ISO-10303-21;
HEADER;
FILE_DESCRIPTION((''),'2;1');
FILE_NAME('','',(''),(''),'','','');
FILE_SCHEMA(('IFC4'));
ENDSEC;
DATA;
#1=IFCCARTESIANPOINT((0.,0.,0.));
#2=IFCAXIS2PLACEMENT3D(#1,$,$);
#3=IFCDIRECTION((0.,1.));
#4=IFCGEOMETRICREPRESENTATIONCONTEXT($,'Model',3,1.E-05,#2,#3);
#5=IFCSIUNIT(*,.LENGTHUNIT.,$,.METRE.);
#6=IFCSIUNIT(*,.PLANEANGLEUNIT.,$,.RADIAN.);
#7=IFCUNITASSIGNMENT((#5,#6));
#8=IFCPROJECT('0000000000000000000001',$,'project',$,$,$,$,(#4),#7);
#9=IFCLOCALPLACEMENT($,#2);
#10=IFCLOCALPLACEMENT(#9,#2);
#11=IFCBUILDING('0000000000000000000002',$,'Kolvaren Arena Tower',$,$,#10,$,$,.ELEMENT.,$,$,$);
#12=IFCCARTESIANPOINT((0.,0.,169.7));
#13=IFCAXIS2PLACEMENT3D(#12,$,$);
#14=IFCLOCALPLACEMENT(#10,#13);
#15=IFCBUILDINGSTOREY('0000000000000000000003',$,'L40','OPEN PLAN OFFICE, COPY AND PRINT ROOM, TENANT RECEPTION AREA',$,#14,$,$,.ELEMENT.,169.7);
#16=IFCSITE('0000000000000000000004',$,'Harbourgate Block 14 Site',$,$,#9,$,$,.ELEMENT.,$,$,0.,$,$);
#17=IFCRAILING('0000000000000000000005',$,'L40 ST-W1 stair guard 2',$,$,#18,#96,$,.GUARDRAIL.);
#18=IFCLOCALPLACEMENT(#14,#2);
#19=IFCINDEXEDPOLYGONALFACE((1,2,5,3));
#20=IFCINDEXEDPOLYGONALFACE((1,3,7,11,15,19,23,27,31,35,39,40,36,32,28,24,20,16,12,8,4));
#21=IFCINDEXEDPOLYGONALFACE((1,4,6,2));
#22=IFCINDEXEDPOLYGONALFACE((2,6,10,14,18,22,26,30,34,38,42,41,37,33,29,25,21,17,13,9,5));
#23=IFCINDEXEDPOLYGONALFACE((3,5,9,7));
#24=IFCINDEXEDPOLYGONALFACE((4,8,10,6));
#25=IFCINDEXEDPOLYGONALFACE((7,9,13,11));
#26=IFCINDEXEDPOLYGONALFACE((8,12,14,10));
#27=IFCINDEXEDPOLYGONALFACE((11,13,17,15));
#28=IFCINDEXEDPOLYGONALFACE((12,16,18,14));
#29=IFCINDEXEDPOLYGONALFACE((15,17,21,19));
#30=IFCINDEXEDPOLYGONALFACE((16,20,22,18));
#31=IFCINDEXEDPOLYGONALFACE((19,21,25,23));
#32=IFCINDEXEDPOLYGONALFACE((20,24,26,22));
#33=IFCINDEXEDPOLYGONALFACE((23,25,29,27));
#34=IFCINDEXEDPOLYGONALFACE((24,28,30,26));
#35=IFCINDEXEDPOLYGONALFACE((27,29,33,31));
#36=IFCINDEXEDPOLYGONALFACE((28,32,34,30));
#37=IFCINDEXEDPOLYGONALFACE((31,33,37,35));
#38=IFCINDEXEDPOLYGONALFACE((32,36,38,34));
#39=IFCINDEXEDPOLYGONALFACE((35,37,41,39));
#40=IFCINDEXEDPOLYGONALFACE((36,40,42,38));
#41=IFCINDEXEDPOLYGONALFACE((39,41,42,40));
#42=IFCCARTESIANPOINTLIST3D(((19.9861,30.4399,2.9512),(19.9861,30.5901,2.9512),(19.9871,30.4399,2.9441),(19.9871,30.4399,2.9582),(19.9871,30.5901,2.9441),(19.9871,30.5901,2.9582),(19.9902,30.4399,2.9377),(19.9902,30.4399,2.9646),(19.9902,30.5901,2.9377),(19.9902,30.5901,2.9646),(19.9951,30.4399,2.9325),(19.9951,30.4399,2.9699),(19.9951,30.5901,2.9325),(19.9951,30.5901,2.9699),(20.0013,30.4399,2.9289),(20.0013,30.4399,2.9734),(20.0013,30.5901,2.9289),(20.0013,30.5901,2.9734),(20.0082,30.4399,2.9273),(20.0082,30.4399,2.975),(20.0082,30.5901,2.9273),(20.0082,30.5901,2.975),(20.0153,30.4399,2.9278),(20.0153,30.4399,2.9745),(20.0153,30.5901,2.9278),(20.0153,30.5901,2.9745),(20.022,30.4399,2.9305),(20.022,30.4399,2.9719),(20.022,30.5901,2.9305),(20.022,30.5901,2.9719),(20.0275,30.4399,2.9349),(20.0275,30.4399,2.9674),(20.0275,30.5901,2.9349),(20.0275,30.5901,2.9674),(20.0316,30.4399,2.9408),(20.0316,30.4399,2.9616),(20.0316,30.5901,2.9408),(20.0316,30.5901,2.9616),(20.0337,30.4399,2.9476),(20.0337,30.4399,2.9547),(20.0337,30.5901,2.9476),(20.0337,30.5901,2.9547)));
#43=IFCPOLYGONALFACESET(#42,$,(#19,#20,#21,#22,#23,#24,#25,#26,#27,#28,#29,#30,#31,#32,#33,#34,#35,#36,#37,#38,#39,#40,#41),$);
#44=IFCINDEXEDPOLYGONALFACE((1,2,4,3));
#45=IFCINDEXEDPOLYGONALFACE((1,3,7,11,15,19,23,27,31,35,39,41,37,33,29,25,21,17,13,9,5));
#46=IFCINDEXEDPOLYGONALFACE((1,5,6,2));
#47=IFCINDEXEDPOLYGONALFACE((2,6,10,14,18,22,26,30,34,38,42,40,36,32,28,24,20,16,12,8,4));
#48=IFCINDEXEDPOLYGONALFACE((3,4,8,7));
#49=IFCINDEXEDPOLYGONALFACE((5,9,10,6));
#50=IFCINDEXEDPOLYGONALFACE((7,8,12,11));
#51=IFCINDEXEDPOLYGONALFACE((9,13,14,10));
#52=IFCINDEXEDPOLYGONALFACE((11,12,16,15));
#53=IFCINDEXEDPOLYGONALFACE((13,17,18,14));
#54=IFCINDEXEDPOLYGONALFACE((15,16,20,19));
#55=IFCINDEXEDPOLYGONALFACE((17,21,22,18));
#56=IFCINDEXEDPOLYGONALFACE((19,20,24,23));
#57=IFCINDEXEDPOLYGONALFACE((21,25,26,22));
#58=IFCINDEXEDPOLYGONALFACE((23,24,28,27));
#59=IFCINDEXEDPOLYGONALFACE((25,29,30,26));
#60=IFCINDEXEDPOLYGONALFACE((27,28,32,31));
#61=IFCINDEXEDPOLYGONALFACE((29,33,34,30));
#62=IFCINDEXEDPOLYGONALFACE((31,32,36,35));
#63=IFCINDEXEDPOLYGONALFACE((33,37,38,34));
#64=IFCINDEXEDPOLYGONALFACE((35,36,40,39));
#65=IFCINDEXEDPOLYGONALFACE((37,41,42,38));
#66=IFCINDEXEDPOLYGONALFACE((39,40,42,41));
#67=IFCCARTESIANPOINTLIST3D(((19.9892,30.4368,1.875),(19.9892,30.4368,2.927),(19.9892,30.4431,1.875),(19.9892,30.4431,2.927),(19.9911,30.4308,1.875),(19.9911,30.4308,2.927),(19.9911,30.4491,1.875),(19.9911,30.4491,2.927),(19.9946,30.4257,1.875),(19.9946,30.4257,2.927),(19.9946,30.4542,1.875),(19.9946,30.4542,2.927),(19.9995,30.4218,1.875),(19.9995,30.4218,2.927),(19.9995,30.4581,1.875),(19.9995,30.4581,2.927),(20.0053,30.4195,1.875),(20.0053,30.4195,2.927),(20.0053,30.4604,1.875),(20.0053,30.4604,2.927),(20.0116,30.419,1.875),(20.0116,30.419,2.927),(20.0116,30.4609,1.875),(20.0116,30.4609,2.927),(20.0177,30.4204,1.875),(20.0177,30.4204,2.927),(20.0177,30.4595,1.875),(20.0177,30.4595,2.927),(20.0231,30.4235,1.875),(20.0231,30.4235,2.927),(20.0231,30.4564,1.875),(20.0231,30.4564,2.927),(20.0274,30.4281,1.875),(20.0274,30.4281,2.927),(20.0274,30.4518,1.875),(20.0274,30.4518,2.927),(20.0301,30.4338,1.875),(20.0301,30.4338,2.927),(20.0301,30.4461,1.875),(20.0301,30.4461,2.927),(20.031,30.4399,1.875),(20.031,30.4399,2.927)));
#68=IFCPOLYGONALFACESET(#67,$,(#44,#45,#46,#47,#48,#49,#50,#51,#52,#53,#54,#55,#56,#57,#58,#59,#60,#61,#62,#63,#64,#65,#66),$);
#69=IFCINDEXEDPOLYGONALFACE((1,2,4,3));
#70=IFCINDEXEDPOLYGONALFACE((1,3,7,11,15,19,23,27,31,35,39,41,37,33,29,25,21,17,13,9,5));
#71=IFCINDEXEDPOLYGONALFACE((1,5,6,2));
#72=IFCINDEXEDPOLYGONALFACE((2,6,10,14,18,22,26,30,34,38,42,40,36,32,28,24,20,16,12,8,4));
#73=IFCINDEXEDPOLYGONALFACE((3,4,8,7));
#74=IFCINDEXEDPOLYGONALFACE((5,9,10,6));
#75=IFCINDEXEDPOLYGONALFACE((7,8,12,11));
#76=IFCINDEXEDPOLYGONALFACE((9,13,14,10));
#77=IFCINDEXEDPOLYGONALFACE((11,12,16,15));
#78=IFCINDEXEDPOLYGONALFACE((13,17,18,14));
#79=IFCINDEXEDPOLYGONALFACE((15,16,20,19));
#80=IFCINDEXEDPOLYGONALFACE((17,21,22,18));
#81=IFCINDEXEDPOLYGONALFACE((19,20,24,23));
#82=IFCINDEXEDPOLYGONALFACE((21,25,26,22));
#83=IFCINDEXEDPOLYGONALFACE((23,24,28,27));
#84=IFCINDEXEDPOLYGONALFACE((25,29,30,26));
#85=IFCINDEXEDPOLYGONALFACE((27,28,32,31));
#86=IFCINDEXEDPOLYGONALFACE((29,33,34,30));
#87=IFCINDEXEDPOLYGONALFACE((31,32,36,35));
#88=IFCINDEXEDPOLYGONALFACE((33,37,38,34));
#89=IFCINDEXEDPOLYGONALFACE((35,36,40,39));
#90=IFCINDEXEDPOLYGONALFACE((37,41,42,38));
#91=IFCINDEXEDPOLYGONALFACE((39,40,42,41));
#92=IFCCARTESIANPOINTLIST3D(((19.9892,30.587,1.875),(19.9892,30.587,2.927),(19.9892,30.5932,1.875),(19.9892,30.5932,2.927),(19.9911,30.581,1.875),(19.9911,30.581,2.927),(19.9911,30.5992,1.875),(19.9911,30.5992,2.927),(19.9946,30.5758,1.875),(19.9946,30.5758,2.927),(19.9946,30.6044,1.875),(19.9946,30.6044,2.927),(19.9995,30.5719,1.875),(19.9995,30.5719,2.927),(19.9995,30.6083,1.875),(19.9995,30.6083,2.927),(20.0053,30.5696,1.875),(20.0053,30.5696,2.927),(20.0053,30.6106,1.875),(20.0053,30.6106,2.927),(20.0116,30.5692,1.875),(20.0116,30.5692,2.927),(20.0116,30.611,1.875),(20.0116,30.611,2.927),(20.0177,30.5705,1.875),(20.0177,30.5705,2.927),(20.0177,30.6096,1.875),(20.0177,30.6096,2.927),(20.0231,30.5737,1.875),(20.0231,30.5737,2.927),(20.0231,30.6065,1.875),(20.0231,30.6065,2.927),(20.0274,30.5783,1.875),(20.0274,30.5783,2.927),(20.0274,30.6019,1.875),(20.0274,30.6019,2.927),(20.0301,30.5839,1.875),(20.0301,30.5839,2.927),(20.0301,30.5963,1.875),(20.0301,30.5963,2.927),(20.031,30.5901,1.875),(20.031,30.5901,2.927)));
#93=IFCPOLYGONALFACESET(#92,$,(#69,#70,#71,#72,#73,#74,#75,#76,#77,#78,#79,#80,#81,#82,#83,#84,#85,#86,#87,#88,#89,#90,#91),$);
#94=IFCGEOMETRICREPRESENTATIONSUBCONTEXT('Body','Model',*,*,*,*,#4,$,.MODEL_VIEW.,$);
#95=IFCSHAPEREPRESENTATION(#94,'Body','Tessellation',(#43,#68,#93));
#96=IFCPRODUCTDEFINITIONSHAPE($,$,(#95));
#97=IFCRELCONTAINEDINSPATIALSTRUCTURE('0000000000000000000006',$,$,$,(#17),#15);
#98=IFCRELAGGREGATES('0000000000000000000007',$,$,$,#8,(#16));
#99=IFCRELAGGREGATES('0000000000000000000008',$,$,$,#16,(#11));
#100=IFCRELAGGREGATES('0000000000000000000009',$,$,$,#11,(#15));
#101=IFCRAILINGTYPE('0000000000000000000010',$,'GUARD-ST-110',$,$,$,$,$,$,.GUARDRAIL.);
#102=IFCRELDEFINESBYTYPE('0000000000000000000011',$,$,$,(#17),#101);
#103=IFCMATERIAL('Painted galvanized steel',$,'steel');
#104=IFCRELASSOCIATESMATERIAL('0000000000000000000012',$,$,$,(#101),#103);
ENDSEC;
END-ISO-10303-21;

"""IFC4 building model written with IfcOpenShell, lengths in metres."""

from ifc_helpers import new_model, si_unit, direction, frame, origin, origin_2d, place, context, subcontext, project, spatial, circle, extrude, material, type_object, element, save


model = new_model("IFC4")

# Units and contexts
model_context = context("Model", 3, precision=1e-05, world=origin(), true_north=direction((0.0, 1.0)))
body_context = subcontext(model_context, "Body", "Model", "MODEL_VIEW")
ifc_project = project(units=[si_unit("LENGTHUNIT", "METRE"), si_unit("PLANEANGLEUNIT", "RADIAN")], contexts=[model_context])

# Site, building, storey
site_placement = place(None, origin())
site = spatial("IfcSite", under=ifc_project, at=site_placement, Name="Harbourgate Block 14 Site", CompositionType="ELEMENT", RefElevation=0.0)
building_placement = place(site_placement, origin())
building = spatial("IfcBuilding", under=site, at=building_placement, Name="Kolvaren Arena Tower", CompositionType="ELEMENT")
storey_placement = place(building_placement, frame((0.0, 0.0, 169.7)))
storey = spatial("IfcBuildingStorey", under=building, at=storey_placement, Name="L40", Description="OPEN PLAN OFFICE, COPY AND PRINT ROOM, TENANT RECEPTION AREA", CompositionType="ELEMENT", Elevation=169.7)

# Railing
ifc_material_1 = material(Name="Painted galvanized steel", Category="steel")
railing_type_1 = type_object("IfcRailingType", Name="GUARD-ST-110", PredefinedType="GUARDRAIL", material=ifc_material_1)
railing_1_placement = place(storey_placement, frame((20.01, 30.4399, 1.875)))
element("IfcRailing", 1, at=railing_1_placement, inside=storey, type_object=railing_type_1, Name="L40 ST-W1 stair guard 2", PredefinedType="GUARDRAIL", context=body_context, shape_type="SweptSolid", body=[
    extrude(circle(Radius=0.0239, at=origin_2d()), frame((0.0, 0.0, 1.0762), z_axis=(0.0, 1.0, 0.0), x_axis=(-1.0, 0.0, 0.0)), (0.0, 0.0, 1.0), 0.1501),
    extrude(circle(Radius=0.021, at=origin_2d()), origin(), (0.0, 0.0, 1.0), 1.052),
    extrude(circle(Radius=0.021, at=origin_2d()), frame((0.0, 0.1501, 0.0)), (0.0, 0.0, 1.0), 1.052),
])

save(model, "model.ifc")
